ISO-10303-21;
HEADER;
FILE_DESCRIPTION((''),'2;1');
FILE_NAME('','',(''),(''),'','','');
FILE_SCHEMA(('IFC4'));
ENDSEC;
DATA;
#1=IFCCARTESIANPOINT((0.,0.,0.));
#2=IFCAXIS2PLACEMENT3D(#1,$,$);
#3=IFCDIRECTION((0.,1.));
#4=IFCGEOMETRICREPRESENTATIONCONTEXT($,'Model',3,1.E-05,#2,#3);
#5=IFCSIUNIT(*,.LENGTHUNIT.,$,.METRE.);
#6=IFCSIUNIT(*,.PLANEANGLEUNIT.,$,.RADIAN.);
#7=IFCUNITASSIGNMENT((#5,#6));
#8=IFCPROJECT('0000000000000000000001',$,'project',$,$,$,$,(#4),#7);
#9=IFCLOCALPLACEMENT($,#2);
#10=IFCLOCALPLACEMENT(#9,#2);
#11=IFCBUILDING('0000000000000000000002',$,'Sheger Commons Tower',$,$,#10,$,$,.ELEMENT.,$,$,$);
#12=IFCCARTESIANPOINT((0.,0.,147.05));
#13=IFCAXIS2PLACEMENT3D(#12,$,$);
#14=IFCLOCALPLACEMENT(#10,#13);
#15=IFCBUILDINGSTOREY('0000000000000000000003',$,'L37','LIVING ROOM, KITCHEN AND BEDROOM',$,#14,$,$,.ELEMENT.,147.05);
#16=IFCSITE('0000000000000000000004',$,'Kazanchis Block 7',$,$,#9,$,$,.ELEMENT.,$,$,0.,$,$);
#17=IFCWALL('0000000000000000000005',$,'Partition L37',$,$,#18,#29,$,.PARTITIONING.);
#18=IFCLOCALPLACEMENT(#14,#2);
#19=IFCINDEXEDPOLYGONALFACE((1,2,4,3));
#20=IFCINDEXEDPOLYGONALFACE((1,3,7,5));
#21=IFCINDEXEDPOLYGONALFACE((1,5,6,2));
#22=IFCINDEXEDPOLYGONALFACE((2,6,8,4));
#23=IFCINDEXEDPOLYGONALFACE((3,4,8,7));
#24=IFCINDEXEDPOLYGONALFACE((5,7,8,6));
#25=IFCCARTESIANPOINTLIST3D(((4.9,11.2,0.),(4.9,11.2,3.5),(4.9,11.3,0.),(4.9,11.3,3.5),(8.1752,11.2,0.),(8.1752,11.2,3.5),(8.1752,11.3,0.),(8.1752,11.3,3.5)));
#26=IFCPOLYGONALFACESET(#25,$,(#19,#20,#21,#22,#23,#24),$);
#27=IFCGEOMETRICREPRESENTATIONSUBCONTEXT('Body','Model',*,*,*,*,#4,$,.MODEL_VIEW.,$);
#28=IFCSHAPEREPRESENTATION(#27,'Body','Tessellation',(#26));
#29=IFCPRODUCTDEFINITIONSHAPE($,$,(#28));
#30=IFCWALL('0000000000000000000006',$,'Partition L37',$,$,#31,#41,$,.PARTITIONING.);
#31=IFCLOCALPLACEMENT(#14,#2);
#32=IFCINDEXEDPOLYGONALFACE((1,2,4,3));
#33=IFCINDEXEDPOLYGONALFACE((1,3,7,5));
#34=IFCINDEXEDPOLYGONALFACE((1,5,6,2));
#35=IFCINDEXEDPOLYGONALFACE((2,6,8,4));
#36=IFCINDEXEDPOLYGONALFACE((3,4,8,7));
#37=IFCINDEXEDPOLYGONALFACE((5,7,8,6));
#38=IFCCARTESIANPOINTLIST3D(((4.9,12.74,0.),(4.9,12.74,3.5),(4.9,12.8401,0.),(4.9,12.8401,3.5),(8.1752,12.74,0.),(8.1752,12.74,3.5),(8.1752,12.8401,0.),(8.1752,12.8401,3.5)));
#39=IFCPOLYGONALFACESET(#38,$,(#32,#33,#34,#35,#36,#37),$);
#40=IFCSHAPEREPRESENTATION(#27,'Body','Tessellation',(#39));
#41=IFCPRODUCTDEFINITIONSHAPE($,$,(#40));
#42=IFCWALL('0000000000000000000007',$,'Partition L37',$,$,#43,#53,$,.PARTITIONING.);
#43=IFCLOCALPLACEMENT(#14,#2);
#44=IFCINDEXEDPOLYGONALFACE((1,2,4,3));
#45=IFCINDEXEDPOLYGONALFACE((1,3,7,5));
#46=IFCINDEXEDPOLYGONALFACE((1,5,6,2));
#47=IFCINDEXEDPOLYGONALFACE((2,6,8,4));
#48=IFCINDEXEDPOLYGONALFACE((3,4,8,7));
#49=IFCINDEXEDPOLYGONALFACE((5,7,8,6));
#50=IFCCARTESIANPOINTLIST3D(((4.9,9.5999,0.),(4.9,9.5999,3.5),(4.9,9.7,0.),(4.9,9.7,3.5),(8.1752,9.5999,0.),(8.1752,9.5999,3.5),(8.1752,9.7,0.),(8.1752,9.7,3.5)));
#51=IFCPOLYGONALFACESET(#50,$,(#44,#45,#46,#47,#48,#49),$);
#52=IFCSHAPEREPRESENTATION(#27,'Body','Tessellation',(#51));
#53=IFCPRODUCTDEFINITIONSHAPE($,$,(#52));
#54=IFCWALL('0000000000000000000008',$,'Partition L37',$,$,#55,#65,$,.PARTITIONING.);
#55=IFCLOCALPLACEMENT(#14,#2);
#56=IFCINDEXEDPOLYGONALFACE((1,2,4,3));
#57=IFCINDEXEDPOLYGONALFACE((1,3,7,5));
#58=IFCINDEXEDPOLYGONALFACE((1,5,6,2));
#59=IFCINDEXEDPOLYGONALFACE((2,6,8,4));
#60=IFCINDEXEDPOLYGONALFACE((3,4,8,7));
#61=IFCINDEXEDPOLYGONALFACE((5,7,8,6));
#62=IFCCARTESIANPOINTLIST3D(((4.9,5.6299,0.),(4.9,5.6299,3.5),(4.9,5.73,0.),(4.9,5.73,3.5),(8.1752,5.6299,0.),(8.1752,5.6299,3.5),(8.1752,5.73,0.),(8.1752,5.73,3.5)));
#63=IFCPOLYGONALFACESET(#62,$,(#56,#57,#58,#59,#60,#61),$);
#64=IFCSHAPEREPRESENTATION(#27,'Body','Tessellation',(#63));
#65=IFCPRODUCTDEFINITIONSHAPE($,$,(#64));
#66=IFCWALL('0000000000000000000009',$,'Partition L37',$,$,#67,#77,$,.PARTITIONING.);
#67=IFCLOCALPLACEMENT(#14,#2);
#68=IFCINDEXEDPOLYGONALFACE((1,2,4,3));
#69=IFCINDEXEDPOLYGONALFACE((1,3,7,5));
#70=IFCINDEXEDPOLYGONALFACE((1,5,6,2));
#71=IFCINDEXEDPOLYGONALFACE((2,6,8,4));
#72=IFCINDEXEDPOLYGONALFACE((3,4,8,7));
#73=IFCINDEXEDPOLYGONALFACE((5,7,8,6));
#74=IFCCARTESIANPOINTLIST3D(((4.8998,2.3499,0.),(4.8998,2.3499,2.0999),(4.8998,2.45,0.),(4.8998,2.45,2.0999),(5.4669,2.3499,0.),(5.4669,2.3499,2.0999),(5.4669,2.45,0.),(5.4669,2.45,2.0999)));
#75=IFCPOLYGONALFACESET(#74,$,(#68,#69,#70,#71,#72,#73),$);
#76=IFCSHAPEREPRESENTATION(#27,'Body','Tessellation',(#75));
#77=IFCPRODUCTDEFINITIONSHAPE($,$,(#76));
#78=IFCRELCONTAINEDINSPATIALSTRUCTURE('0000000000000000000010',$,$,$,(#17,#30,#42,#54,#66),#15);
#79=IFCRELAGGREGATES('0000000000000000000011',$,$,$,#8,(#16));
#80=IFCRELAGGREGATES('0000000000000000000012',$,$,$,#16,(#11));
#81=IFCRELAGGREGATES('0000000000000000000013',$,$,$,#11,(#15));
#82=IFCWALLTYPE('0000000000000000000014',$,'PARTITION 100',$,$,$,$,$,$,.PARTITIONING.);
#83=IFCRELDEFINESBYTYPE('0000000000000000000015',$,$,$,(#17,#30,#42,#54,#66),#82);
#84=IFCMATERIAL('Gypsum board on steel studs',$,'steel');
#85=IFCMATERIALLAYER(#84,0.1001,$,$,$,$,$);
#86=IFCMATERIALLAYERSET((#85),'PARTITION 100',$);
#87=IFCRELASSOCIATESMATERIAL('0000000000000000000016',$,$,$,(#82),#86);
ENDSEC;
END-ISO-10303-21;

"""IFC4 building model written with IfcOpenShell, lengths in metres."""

from ifc_helpers import new_model, si_unit, direction, frame, frame_2d, origin, place, context, subcontext, project, spatial, rectangle, extrude, material, layer, layer_set, type_object, element, save


model = new_model("IFC4")

# Units and contexts
model_context = context("Model", 3, precision=1e-05, world=origin(), true_north=direction((0.0, 1.0)))
body_context = subcontext(model_context, "Body", "Model", "MODEL_VIEW")
ifc_project = project(units=[si_unit("LENGTHUNIT", "METRE"), si_unit("PLANEANGLEUNIT", "RADIAN")], contexts=[model_context])

# Site, building, storey
site_placement = place(None, origin())
site = spatial("IfcSite", under=ifc_project, at=site_placement, Name="Kazanchis Block 7", CompositionType="ELEMENT", RefElevation=0.0)
building_placement = place(site_placement, origin())
building = spatial("IfcBuilding", under=site, at=building_placement, Name="Sheger Commons Tower", CompositionType="ELEMENT")
storey_placement = place(building_placement, frame((0.0, 0.0, 147.05)))
storey = spatial("IfcBuildingStorey", under=building, at=storey_placement, Name="L37", Description="LIVING ROOM, KITCHEN AND BEDROOM", CompositionType="ELEMENT", Elevation=147.05)

# Shared definitions
ifc_material_1 = material(Name="Gypsum board on steel studs", Category="steel")
ifc_layer = layer(ifc_material_1, 0.1001)
ifc_layer_set = layer_set([ifc_layer], Name="PARTITION 100")
wall_type = type_object("IfcWallType", Name="PARTITION 100", PredefinedType="PARTITIONING", material=ifc_layer_set)

# Walls
for number, where, z_axis, x_axis, name in (
    (1, (4.8999, 11.25, 0.0), (0.0, 0.0, 1.0), (1.0, 0.0, 0.0), "Partition L37"),
    (2, (4.8999, 12.79, 0.0), (0.0, 0.0, 1.0), (1.0, 0.0, 0.0), "Partition L37"),
    (3, (4.8999, 9.6499, 0.0), (0.0, 0.0, 1.0), (1.0, 0.0, 0.0), "Partition L37"),
    (4, (4.8999, 5.6799, 0.0), (0.0, 0.0, 1.0), (1.0, 0.0, 0.0), "Partition L37"),
):
    element("IfcWall", number, at=place(storey_placement, frame(where, z_axis=z_axis, x_axis=x_axis)), inside=storey, type_object=wall_type, Name=name, PredefinedType="PARTITIONING", context=body_context, shape_type="SweptSolid", body=[
        extrude(rectangle(XDim=3.2751, YDim=0.1001, at=frame_2d((1.6377, 0.0))), origin(), (0.0, 0.0, 1.0), 3.5),
    ])
wall_1_placement = place(storey_placement, frame((5.467, 2.3999, 0.0), z_axis=(0.0, 0.0, 1.0), x_axis=(-1.0, 0.0, 0.0)))
element("IfcWall", 5, at=wall_1_placement, inside=storey, type_object=wall_type, Name="Partition L37", PredefinedType="PARTITIONING", context=body_context, shape_type="SweptSolid", body=[
    extrude(rectangle(XDim=0.5671, YDim=0.1001, at=frame_2d((0.2837, 0.0))), origin(), (0.0, 0.0, 1.0), 2.0999),
])

save(model, "model.ifc")
